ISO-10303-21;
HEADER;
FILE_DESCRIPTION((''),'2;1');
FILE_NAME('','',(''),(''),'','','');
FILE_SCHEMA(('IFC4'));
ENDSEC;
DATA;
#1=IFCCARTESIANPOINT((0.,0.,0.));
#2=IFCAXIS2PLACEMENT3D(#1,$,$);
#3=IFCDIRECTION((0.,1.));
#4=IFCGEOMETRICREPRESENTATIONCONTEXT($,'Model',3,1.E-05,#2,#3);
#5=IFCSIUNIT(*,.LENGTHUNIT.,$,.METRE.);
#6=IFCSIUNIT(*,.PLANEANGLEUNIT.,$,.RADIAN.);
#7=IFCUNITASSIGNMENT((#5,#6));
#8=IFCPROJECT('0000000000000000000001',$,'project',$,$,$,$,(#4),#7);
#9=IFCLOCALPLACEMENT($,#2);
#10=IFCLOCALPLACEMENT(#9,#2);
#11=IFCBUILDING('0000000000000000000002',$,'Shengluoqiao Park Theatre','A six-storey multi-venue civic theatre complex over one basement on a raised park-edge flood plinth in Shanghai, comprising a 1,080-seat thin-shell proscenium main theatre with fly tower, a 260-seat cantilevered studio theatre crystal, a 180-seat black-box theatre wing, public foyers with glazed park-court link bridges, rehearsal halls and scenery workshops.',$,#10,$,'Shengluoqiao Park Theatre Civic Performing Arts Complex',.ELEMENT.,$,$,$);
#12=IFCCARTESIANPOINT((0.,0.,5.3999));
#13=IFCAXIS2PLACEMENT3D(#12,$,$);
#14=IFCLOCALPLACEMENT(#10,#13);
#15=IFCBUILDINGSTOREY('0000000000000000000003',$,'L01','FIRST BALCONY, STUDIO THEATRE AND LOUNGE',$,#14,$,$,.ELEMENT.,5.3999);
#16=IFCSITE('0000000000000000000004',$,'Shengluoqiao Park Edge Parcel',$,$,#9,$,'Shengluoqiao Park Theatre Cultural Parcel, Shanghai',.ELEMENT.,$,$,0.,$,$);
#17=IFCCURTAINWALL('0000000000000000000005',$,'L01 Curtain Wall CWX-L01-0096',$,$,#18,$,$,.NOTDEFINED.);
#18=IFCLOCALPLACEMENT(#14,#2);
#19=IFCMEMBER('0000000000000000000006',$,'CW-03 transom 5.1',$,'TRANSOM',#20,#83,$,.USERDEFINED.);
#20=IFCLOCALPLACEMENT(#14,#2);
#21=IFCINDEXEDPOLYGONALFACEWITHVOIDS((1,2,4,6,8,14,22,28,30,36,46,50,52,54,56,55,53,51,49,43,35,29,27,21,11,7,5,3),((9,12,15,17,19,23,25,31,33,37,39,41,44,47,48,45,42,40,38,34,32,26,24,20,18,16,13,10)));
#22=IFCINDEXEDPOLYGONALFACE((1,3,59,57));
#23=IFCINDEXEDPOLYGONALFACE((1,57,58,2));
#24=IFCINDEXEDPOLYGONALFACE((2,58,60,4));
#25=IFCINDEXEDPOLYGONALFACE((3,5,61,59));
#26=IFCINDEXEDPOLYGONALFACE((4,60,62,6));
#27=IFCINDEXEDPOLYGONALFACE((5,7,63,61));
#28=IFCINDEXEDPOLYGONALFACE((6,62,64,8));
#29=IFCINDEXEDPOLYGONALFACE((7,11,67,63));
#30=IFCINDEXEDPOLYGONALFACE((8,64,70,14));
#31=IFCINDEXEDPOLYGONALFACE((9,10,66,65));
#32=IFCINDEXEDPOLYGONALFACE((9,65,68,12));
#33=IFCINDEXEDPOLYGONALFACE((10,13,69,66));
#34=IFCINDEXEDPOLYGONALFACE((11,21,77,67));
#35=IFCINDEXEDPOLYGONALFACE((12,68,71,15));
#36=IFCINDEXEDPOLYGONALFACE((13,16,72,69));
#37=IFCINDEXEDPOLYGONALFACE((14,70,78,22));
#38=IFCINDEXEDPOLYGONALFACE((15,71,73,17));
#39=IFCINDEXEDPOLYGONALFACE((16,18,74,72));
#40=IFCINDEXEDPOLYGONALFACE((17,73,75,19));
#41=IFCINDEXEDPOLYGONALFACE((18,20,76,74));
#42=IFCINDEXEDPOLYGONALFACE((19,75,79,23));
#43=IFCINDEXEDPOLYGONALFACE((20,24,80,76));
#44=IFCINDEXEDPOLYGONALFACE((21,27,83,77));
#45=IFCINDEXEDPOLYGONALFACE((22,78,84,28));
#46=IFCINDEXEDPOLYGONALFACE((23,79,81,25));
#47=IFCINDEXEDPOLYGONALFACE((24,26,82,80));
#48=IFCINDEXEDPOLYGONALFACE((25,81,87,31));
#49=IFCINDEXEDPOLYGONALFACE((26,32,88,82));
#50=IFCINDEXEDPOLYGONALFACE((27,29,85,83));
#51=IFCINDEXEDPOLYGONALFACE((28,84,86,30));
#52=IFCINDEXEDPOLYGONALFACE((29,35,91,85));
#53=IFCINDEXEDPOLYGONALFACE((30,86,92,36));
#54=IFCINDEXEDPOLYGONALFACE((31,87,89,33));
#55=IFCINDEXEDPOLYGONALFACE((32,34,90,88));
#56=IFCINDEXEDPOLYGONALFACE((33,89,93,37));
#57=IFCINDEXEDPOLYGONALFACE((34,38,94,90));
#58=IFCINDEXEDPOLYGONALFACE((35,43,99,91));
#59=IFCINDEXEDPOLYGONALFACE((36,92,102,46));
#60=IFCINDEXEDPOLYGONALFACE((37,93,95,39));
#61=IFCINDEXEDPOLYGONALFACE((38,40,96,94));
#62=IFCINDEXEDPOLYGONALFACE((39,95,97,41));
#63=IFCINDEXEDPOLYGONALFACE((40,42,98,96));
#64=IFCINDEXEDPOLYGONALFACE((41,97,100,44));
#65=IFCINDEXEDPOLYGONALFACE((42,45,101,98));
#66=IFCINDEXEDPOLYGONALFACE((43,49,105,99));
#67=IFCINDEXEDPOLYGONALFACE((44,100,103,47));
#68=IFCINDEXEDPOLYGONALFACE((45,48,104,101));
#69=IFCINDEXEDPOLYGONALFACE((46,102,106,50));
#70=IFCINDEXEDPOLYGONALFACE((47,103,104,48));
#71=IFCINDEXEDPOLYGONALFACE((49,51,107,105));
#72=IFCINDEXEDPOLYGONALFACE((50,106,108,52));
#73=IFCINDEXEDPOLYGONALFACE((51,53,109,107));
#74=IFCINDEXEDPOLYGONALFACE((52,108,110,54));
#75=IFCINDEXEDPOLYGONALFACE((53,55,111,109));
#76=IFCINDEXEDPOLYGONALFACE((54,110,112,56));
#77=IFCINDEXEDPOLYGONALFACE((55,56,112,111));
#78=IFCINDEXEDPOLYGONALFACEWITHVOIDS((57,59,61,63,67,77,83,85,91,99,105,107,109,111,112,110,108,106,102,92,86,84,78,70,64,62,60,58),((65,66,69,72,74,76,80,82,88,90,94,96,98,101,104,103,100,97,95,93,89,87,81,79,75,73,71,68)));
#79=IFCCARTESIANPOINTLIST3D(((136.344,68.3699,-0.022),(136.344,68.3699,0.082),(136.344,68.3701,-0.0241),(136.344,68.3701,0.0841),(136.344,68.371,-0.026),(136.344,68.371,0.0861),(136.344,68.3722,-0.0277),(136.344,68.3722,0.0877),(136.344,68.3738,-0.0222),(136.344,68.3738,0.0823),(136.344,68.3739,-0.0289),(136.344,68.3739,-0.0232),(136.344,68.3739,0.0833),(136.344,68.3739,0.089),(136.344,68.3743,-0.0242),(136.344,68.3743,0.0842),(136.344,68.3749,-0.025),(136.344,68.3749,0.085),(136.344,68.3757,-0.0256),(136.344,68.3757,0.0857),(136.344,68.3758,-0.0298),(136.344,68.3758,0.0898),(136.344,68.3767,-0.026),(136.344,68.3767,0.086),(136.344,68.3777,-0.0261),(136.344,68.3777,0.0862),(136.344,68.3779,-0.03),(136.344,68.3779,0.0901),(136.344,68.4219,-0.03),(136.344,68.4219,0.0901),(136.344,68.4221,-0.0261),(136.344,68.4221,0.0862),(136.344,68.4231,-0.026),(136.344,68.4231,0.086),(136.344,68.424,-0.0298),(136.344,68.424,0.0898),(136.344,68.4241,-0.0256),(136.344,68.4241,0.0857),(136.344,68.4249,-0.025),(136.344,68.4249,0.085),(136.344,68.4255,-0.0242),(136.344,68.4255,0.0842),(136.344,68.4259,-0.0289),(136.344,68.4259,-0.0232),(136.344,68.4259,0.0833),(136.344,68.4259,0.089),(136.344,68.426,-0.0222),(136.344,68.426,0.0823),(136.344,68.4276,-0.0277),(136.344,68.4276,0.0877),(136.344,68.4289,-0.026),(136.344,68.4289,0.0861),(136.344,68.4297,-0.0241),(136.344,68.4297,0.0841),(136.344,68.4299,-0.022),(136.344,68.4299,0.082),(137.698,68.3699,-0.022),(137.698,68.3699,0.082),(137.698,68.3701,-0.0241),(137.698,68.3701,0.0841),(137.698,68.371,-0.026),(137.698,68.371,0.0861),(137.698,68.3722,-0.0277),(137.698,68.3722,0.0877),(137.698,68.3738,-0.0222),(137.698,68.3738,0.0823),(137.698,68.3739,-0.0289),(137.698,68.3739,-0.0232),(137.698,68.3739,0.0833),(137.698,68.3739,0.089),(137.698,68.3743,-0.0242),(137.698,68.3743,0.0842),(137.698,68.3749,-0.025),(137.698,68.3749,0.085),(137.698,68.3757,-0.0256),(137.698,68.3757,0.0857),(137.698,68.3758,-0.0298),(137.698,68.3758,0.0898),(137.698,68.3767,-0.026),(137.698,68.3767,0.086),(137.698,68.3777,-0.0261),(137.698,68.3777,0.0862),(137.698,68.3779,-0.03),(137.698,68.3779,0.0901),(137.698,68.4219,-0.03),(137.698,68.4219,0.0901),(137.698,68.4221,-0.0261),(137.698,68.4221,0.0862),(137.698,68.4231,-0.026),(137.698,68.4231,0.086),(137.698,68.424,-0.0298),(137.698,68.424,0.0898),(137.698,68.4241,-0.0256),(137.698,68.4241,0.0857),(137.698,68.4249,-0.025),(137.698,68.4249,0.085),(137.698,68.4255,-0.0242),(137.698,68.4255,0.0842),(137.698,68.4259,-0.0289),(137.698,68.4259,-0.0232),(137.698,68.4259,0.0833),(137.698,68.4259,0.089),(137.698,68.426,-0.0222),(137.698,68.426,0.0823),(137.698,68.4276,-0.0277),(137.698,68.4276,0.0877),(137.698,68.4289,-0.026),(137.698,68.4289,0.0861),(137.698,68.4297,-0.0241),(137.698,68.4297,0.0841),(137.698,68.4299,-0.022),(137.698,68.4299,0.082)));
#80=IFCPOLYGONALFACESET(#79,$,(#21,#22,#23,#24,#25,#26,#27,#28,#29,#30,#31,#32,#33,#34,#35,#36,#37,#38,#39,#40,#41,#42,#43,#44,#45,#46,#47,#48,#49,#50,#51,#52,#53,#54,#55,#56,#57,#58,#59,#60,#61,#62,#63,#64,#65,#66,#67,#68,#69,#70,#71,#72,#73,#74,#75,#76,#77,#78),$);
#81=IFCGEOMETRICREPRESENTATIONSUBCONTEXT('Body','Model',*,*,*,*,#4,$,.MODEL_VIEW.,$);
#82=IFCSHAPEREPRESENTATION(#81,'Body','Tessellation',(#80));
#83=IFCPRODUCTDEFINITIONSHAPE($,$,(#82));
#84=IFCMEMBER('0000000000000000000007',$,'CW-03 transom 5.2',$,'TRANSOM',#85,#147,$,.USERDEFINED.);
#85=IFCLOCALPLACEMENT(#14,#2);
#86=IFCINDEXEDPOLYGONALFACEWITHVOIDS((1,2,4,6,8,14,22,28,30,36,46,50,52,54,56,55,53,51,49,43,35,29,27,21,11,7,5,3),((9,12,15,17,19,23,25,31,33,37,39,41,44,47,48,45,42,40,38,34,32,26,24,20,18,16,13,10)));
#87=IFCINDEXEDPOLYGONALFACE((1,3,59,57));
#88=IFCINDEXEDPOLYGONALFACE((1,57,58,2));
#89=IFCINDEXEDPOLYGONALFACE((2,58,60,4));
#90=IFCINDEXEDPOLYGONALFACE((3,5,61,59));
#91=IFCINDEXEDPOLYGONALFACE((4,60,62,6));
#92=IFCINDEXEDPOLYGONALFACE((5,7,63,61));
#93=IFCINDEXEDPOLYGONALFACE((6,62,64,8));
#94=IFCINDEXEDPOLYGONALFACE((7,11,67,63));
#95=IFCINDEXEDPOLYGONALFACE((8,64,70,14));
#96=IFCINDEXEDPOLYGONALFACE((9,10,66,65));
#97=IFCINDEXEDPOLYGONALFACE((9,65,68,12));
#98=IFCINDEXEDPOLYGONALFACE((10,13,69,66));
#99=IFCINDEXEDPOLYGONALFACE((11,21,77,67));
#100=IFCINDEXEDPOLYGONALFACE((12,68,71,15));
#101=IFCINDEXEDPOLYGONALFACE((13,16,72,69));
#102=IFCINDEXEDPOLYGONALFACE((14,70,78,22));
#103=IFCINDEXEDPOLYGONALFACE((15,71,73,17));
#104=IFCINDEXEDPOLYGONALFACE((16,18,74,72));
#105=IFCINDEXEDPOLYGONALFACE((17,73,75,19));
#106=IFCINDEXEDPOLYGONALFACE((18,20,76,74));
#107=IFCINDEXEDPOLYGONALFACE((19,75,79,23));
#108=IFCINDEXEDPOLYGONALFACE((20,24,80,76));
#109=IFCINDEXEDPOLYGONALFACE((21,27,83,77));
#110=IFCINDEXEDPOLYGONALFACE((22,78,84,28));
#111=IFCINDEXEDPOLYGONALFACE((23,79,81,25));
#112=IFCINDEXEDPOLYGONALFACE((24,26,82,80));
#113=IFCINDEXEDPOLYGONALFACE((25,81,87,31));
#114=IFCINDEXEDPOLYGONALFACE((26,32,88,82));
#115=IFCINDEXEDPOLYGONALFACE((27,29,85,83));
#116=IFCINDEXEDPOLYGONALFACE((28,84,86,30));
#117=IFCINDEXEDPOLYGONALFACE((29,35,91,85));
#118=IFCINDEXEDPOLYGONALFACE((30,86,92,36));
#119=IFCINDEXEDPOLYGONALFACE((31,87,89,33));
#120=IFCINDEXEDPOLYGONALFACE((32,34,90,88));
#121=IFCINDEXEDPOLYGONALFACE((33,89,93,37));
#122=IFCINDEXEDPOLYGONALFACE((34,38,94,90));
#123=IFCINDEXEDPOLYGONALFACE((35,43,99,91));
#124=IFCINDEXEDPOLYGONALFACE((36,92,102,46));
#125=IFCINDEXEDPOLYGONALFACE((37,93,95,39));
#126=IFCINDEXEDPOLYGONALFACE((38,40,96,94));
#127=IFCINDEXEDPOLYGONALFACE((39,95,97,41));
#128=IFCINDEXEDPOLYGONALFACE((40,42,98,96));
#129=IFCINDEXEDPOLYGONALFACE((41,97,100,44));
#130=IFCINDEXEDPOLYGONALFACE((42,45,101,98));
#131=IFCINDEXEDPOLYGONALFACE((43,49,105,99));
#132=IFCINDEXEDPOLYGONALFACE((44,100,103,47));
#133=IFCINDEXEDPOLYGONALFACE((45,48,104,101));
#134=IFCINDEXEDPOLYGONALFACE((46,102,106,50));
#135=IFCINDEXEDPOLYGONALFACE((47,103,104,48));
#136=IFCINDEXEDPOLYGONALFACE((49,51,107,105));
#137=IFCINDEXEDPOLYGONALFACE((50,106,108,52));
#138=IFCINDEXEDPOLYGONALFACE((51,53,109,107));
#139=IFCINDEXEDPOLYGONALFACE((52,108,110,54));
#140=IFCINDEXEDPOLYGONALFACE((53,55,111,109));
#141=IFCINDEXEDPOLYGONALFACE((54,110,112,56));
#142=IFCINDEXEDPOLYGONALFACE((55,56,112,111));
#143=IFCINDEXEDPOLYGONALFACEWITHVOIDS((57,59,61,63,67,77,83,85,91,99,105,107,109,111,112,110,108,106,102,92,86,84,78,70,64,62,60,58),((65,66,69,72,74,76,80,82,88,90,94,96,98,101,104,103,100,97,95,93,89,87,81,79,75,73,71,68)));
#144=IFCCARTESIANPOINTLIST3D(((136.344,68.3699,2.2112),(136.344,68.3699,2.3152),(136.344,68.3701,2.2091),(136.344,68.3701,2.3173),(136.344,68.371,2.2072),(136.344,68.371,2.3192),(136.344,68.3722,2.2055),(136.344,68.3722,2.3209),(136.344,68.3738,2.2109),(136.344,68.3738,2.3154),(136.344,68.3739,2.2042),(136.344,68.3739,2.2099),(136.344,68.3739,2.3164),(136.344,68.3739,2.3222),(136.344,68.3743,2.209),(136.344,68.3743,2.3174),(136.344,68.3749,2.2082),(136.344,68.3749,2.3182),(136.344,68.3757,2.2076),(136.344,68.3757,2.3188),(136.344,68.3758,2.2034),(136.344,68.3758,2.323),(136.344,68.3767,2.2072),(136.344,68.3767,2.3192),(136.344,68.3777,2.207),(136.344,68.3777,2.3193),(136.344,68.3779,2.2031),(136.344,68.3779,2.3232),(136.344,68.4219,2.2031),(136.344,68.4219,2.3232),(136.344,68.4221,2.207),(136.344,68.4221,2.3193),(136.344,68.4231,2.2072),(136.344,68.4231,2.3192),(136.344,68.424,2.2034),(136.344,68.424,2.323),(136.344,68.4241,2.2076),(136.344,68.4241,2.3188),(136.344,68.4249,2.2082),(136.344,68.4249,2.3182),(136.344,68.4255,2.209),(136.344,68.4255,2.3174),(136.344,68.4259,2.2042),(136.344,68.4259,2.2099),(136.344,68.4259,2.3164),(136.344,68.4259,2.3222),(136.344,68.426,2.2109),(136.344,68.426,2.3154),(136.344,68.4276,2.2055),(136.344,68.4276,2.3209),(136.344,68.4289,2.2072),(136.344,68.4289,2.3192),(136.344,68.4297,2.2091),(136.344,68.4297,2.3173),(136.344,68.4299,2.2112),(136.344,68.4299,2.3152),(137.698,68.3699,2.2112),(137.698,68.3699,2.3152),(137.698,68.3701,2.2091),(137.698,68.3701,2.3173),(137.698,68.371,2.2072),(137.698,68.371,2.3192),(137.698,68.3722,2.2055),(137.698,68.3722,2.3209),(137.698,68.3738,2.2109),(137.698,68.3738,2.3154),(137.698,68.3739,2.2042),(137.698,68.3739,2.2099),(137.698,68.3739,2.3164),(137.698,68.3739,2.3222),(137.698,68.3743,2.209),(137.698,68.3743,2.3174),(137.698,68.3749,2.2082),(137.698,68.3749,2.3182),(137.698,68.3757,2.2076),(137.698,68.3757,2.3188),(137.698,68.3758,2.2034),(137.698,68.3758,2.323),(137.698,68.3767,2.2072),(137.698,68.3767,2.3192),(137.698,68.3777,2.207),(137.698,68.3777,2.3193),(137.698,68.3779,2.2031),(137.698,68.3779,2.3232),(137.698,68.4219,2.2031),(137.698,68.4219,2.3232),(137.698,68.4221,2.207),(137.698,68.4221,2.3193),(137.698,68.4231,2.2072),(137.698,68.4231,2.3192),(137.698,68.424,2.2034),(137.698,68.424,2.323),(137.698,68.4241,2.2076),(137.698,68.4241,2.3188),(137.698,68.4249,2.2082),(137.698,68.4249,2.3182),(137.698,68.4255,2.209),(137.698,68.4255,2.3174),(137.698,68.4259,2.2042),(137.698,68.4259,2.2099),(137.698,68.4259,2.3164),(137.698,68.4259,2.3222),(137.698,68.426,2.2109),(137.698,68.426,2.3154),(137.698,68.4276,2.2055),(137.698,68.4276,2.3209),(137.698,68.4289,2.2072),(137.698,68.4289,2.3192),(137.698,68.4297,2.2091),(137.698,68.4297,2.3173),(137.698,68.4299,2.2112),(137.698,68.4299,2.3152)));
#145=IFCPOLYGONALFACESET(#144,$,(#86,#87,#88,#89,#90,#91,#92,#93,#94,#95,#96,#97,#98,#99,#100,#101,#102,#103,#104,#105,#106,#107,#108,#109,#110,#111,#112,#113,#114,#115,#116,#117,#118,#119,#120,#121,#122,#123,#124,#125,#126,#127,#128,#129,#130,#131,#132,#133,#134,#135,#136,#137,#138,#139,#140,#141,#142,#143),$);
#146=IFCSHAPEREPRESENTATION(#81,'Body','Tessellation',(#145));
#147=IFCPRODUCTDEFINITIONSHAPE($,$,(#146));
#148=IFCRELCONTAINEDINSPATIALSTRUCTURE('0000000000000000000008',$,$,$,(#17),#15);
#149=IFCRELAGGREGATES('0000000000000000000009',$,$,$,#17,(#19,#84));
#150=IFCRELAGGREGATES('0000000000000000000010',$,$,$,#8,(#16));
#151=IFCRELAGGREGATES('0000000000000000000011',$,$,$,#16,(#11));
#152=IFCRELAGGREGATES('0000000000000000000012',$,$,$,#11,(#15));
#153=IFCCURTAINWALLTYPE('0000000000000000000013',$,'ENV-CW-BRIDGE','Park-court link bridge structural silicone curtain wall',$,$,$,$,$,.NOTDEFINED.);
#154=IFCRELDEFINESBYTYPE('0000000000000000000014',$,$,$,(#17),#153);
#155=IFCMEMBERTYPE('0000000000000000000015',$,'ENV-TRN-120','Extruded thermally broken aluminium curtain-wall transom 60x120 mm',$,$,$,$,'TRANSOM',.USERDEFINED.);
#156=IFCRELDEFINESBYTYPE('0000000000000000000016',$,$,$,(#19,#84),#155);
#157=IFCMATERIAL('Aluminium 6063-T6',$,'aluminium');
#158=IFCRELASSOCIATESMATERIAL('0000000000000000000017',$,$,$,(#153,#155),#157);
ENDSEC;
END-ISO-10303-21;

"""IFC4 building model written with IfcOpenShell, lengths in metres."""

from ifc_helpers import new_model, si_unit, direction, frame, origin, origin_2d, place, context, subcontext, project, spatial, hollow_rectangle, extrude, material, material_profile, profile_set, type_object, element, aggregate, save


model = new_model("IFC4")

# Units and contexts
model_context = context("Model", 3, precision=1e-05, world=origin(), true_north=direction((0.0, 1.0)))
body_context = subcontext(model_context, "Body", "Model", "MODEL_VIEW")
ifc_project = project(units=[si_unit("LENGTHUNIT", "METRE"), si_unit("PLANEANGLEUNIT", "RADIAN")], contexts=[model_context])

# Site, building, storey
site_placement = place(None, origin())
site = spatial("IfcSite", under=ifc_project, at=site_placement, Name="Shengluoqiao Park Edge Parcel", LongName="Shengluoqiao Park Theatre Cultural Parcel, Shanghai", CompositionType="ELEMENT", RefElevation=0.0)
building_placement = place(site_placement, origin())
building = spatial("IfcBuilding", under=site, at=building_placement, Name="Shengluoqiao Park Theatre", Description="A six-storey multi-venue civic theatre complex over one basement on a raised park-edge flood plinth in Shanghai, comprising a 1,080-seat thin-shell proscenium main theatre with fly tower, a 260-seat cantilevered studio theatre crystal, a 180-seat black-box theatre wing, public foyers with glazed park-court link bridges, rehearsal halls and scenery workshops.", LongName="Shengluoqiao Park Theatre Civic Performing Arts Complex", CompositionType="ELEMENT")
storey_placement = place(building_placement, frame((0.0, 0.0, 5.3999)))
storey = spatial("IfcBuildingStorey", under=building, at=storey_placement, Name="L01", Description="FIRST BALCONY, STUDIO THEATRE AND LOUNGE", CompositionType="ELEMENT", Elevation=5.3999)

# Curtain wall, members
ifc_material_1 = material(Name="Aluminium 6063-T6", Category="aluminium")
curtain_wall_type = type_object("IfcCurtainWallType", Name="ENV-CW-BRIDGE", Description="Park-court link bridge structural silicone curtain wall", PredefinedType="NOTDEFINED", material=ifc_material_1)
curtain_wall_placement = place(storey_placement, origin())
curtain_wall = element("IfcCurtainWall", 1, at=curtain_wall_placement, inside=storey, type_object=curtain_wall_type, Name="L01 Curtain Wall CWX-L01-0096", PredefinedType="NOTDEFINED")
ifc_material_profile_1 = material_profile(ifc_material_1, hollow_rectangle(XDim=0.0601, YDim=0.1201, WallThickness=0.0039, InnerFilletRadius=0.0039, OuterFilletRadius=0.0081, at=origin_2d()), Name="ALU TRANSOM 120x60x4")
ifc_profile_set_1 = profile_set([ifc_material_profile_1], Name="Aluminium 6063-T6")
member_type_1 = type_object("IfcMemberType", Name="ENV-TRN-120", Description="Extruded thermally broken aluminium curtain-wall transom 60x120 mm", ElementType="TRANSOM", PredefinedType="USERDEFINED", material=ifc_profile_set_1)
member_1_placement = place(storey_placement, frame((136.344, 68.3999, 0.03), z_axis=(1.0, 0.0, 0.0), x_axis=(0.0, 1.0, 0.0)))
member_1 = element("IfcMember", 2, at=member_1_placement, type_object=member_type_1, Name="CW-03 transom 5.1", ObjectType="TRANSOM", PredefinedType="USERDEFINED", context=body_context, shape_type="SweptSolid", body=[
    extrude(hollow_rectangle(XDim=0.0601, YDim=0.1201, WallThickness=0.0039, InnerFilletRadius=0.0039, OuterFilletRadius=0.0081, at=origin_2d()), origin(), (0.0, 0.0, 1.0), 1.354),
])
member_2_placement = place(storey_placement, frame((136.344, 68.3999, 2.2632), z_axis=(1.0, 0.0, 0.0), x_axis=(0.0, 1.0, 0.0)))
member_2 = element("IfcMember", 3, at=member_2_placement, type_object=member_type_1, Name="CW-03 transom 5.2", ObjectType="TRANSOM", PredefinedType="USERDEFINED", context=body_context, shape_type="SweptSolid", body=[
    extrude(hollow_rectangle(XDim=0.0601, YDim=0.1201, WallThickness=0.0039, InnerFilletRadius=0.0039, OuterFilletRadius=0.0081, at=origin_2d()), origin(), (0.0, 0.0, 1.0), 1.354),
])

aggregate(curtain_wall, [member_1, member_2])

save(model, "model.ifc")
